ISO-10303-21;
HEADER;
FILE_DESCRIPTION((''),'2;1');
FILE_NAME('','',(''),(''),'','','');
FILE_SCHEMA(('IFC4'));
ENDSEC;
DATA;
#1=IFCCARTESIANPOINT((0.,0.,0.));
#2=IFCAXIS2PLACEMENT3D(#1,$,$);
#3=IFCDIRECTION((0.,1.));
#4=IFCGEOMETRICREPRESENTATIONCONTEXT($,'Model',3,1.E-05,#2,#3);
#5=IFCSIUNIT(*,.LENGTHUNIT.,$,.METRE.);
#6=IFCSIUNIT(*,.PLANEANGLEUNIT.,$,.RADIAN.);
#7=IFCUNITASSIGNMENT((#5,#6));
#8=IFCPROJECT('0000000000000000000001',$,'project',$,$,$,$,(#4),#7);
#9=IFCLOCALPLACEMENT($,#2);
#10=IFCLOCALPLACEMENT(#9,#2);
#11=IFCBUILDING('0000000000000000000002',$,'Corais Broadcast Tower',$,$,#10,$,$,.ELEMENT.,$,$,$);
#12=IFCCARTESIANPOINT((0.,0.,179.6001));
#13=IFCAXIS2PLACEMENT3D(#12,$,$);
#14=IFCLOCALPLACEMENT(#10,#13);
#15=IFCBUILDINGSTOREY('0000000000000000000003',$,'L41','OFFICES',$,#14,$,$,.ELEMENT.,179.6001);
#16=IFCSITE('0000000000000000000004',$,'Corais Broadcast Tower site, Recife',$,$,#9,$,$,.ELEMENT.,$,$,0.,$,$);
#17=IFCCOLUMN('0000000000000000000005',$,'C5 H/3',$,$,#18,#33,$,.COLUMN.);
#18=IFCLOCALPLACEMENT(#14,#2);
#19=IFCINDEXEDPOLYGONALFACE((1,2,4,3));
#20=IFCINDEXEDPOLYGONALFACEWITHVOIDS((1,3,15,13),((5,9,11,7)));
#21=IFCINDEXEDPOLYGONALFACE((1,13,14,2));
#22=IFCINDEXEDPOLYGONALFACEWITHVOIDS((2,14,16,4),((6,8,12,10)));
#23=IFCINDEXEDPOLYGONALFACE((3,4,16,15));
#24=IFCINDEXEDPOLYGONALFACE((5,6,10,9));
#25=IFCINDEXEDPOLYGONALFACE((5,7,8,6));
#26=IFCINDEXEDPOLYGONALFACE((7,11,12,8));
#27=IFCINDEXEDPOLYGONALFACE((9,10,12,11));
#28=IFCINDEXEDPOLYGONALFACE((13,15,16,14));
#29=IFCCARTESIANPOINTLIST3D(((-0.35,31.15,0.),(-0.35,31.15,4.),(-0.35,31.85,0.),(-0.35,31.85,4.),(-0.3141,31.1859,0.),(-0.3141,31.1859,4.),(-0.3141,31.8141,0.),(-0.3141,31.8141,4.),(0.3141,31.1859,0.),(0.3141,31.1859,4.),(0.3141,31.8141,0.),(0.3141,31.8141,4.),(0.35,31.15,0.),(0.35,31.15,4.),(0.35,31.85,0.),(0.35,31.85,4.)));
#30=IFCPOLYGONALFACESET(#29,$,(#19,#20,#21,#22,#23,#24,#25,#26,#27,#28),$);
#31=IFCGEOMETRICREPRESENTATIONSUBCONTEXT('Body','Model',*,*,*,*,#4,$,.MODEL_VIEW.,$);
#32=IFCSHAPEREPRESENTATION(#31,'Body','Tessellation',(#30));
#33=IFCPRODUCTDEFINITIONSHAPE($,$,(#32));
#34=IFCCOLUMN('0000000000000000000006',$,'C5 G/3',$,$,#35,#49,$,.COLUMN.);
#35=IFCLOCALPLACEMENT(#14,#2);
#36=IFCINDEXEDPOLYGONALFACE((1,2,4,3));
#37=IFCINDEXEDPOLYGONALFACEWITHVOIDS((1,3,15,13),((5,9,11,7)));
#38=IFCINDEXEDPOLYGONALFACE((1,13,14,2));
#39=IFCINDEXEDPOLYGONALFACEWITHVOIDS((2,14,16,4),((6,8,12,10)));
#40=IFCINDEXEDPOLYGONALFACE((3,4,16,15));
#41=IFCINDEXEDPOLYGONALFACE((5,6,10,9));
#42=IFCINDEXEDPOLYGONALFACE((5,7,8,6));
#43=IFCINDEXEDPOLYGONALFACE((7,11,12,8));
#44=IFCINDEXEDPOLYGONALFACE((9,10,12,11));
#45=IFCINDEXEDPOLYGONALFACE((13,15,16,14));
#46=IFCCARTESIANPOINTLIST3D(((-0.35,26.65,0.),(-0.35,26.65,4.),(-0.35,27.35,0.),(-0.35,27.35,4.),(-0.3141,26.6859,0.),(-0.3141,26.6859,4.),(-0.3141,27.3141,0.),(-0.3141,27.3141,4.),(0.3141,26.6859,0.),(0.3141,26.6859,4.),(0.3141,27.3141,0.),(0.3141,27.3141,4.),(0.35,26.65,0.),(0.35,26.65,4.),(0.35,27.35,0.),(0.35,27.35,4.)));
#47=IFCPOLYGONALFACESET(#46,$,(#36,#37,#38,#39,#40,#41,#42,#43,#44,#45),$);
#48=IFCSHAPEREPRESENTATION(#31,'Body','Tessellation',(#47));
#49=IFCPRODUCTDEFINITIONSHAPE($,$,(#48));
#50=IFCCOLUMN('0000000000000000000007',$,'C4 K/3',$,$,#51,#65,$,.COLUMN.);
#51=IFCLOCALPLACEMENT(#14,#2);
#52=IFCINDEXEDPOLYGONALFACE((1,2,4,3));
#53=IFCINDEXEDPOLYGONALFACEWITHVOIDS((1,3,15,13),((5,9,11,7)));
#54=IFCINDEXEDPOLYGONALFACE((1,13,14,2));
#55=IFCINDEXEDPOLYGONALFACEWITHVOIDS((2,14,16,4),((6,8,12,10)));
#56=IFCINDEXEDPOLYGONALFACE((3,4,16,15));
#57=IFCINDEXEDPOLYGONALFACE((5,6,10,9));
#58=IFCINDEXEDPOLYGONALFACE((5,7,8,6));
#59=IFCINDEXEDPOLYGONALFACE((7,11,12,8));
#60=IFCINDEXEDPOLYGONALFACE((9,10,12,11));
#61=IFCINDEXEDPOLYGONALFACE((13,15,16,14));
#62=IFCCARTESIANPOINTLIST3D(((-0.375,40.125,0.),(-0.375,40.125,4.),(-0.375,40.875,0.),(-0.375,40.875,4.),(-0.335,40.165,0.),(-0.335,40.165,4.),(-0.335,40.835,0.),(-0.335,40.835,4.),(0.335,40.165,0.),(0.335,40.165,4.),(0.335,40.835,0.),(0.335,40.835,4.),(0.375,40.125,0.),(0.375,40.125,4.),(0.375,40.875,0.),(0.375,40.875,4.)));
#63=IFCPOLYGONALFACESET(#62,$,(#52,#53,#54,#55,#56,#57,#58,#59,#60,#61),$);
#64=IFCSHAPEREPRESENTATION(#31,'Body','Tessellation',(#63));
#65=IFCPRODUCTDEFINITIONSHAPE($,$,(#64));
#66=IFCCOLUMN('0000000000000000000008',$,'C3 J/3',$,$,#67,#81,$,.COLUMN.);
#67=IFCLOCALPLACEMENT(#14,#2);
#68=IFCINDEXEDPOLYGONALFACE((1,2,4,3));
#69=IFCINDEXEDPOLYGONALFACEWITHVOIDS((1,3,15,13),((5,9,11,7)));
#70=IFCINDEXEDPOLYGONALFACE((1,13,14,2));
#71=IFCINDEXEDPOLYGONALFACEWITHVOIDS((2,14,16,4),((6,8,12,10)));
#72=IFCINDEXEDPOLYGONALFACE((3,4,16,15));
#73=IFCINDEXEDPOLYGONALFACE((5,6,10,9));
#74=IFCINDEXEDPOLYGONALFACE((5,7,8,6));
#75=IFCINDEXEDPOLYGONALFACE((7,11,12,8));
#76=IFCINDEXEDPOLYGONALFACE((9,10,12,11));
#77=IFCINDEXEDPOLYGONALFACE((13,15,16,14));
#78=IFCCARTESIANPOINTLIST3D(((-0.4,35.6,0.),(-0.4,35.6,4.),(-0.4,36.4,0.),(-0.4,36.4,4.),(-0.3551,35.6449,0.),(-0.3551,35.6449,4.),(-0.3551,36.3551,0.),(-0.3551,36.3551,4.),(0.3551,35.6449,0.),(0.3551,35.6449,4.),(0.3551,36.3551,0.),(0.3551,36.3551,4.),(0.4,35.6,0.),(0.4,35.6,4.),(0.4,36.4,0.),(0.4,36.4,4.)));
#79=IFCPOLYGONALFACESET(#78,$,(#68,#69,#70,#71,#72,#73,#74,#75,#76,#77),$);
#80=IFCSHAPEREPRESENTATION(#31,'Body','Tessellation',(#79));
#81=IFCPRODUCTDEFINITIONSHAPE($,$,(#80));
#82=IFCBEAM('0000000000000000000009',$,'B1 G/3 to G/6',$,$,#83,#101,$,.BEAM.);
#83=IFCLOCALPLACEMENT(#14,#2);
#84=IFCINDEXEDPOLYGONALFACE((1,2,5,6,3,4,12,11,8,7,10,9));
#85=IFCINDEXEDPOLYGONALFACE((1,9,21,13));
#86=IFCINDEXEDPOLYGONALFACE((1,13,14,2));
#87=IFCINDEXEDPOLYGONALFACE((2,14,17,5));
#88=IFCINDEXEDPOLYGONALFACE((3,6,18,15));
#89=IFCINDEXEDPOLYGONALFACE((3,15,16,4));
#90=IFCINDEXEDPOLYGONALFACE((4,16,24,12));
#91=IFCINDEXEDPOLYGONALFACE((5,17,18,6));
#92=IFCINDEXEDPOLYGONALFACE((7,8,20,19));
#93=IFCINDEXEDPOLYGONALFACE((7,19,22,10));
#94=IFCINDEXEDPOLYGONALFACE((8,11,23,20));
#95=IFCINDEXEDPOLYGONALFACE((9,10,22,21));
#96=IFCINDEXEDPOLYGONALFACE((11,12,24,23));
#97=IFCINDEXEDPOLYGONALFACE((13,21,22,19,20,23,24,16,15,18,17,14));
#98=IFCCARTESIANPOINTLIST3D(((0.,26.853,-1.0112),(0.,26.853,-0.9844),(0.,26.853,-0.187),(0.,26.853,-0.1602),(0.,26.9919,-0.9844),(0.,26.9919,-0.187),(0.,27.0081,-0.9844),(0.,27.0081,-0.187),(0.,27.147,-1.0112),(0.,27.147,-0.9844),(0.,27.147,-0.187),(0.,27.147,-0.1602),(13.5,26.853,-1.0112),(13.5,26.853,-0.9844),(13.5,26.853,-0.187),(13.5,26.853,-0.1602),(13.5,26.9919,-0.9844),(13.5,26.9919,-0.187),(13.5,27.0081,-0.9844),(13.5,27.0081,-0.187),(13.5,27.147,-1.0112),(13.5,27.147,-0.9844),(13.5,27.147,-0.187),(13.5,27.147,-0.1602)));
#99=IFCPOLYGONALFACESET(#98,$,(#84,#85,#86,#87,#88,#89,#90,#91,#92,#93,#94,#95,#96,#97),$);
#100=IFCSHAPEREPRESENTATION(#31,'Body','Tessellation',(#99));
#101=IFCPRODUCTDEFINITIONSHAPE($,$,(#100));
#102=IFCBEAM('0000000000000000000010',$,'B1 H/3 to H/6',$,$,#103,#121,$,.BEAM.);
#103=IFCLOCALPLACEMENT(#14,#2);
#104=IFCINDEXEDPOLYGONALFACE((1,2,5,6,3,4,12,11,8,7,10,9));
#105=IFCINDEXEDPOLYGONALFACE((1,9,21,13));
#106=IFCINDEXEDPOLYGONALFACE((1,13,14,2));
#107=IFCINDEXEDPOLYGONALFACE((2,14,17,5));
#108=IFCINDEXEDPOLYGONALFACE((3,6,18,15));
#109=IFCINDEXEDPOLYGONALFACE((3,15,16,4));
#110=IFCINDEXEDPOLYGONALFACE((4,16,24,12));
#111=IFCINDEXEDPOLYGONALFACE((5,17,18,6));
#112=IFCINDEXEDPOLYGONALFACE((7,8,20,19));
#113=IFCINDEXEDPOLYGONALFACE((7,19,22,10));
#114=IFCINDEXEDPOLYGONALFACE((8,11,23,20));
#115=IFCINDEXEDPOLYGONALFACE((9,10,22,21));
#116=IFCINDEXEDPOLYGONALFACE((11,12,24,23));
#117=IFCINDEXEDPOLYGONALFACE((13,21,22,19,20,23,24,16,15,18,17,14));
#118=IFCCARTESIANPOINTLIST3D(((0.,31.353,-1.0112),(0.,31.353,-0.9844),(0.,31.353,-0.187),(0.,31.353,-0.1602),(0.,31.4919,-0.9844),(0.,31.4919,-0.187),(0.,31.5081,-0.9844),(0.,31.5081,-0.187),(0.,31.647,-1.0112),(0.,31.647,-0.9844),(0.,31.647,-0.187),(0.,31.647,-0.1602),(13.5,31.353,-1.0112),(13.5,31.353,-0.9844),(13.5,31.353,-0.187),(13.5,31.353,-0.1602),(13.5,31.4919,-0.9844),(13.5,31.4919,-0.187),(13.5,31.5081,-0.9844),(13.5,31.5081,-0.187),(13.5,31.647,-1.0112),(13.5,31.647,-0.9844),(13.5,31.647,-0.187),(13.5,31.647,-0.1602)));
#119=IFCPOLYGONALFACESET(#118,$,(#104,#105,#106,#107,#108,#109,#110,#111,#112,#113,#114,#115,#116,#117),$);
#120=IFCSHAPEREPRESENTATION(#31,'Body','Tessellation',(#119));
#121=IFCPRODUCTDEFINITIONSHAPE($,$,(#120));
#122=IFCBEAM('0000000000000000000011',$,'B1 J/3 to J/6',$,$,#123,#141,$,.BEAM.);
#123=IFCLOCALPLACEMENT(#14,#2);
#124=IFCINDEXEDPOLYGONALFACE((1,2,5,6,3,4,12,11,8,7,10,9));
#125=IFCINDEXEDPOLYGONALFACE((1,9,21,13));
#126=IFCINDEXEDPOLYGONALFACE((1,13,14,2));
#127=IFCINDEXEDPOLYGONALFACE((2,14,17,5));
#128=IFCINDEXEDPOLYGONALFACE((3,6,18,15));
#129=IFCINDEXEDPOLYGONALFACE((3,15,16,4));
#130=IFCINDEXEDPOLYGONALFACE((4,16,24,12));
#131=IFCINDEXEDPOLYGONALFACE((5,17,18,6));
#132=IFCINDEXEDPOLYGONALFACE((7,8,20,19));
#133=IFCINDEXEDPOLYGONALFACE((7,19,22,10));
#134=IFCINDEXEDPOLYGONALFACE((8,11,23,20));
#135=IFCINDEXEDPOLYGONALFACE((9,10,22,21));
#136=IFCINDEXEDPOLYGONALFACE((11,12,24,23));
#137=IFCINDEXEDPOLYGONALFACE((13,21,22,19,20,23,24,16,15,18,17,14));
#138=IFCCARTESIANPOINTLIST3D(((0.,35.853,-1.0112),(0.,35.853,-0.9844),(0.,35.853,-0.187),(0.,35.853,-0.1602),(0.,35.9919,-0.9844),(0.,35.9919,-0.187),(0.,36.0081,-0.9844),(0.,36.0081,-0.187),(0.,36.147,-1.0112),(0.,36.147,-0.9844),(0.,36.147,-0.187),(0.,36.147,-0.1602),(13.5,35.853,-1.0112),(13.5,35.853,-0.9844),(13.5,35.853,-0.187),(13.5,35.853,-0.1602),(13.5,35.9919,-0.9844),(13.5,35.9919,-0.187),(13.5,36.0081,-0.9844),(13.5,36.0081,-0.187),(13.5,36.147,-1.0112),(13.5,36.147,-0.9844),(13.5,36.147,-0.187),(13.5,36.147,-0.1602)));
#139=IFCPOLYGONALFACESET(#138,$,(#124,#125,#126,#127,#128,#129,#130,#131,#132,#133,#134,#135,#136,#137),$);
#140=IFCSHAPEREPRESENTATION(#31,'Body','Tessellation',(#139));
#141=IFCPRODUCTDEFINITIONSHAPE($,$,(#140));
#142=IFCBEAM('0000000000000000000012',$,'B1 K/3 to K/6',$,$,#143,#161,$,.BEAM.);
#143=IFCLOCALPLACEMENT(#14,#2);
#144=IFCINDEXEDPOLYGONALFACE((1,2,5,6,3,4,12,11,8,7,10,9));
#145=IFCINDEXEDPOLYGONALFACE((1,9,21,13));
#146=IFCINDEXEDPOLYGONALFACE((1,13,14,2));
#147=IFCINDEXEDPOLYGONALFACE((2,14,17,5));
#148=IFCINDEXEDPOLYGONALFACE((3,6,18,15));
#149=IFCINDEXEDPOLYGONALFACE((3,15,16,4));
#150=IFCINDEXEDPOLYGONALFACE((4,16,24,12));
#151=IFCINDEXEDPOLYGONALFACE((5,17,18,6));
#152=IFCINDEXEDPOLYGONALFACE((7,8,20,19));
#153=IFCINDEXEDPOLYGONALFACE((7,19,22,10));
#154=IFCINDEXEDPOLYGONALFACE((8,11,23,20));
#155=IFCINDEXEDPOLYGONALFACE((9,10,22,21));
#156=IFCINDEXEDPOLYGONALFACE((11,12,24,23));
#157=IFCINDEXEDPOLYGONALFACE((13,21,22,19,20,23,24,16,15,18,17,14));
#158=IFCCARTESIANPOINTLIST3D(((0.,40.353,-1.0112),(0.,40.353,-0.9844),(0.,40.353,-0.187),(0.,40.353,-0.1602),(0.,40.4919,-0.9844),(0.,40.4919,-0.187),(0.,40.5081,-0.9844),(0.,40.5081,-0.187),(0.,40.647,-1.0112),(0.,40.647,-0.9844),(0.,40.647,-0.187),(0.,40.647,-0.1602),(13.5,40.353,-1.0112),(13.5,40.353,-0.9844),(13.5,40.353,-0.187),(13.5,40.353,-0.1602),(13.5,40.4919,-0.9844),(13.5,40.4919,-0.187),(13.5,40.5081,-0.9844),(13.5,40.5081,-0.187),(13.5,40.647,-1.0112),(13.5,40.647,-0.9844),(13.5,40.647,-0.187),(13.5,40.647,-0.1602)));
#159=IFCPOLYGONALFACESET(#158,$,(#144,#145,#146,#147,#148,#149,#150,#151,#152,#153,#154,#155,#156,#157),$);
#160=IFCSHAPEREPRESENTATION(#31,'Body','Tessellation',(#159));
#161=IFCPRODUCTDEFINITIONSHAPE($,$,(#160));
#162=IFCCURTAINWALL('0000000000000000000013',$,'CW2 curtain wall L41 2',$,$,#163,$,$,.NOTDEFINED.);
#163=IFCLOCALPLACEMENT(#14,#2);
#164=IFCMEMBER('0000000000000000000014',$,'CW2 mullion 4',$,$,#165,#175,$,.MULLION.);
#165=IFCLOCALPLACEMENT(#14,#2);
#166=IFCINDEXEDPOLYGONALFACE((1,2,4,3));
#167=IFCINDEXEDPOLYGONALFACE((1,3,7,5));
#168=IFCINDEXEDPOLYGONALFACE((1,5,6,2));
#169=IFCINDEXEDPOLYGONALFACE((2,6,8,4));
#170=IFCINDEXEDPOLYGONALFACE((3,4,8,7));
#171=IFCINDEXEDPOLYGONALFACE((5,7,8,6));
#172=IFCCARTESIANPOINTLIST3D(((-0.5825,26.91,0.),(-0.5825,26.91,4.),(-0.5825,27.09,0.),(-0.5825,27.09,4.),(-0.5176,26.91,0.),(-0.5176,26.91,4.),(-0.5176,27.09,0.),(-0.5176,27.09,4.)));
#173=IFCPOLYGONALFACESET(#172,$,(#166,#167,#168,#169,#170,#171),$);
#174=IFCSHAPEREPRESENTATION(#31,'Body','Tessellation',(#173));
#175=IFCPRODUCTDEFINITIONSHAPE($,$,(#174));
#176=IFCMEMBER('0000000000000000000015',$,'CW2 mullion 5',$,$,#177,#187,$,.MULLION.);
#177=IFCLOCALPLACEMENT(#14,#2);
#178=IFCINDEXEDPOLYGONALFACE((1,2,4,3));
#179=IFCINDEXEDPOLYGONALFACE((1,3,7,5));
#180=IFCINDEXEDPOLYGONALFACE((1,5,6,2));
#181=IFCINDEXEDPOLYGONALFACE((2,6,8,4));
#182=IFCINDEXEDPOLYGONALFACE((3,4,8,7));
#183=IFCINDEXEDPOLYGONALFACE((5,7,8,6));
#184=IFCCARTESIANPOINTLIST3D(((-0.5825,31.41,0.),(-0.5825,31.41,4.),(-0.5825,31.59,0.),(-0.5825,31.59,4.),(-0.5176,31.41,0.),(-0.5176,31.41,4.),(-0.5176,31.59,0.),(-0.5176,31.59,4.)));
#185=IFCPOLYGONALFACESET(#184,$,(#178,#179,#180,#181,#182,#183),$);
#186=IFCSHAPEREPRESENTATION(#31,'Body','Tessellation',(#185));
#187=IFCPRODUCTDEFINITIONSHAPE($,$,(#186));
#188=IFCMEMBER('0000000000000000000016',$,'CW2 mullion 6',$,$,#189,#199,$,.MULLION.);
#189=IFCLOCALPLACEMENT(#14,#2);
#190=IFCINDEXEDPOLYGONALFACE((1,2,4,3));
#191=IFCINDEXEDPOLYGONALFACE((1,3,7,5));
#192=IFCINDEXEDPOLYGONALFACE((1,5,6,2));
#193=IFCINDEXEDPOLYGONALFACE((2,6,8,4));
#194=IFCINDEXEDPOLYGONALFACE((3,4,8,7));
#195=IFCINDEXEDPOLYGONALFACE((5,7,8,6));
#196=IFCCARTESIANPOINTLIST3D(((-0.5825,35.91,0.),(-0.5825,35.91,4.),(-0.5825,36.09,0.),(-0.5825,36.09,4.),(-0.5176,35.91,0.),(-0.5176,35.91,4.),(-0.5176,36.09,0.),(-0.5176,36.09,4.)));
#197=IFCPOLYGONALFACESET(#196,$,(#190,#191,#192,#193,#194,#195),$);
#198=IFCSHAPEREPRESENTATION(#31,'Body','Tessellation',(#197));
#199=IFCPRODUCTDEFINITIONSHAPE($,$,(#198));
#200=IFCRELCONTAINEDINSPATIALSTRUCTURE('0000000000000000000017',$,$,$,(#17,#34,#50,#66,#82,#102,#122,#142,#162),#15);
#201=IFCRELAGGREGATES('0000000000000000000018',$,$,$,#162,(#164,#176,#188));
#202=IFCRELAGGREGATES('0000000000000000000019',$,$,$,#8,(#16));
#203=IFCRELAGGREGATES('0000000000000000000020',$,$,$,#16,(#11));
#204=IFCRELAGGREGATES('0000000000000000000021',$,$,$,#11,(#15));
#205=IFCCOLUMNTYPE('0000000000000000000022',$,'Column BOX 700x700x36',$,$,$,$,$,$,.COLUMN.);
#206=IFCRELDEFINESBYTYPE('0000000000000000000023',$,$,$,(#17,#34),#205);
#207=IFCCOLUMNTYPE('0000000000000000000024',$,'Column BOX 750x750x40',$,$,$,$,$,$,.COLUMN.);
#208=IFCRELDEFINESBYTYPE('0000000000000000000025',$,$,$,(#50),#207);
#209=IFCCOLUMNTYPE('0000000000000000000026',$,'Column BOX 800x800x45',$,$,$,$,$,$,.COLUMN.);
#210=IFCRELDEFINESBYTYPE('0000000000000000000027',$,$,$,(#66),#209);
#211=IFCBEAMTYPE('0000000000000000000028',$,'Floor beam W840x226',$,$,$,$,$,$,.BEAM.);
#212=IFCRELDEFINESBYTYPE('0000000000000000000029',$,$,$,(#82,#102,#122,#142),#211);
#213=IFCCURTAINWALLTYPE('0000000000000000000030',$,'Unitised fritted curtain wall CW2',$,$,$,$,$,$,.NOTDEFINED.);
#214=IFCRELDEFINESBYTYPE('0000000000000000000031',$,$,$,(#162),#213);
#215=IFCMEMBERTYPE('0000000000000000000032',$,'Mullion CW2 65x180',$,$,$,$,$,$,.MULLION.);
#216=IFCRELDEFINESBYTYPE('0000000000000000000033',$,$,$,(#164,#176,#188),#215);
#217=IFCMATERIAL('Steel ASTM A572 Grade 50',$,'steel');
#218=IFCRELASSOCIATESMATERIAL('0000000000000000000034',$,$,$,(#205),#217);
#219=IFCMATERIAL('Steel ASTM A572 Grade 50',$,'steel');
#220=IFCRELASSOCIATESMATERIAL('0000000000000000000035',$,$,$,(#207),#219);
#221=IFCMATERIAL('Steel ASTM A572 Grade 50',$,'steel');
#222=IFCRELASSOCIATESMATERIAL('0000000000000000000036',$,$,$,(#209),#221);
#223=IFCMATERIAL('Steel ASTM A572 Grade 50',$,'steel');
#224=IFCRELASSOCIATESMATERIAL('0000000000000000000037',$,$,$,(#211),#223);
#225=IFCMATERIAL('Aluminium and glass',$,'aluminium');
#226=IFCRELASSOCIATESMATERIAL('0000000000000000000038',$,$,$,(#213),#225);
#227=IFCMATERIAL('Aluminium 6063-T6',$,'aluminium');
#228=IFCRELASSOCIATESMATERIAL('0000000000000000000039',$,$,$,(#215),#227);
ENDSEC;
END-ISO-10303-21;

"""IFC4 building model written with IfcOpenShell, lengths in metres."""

from ifc_helpers import new_model, si_unit, direction, frame, origin, origin_2d, place, context, subcontext, project, spatial, rectangle, hollow_rectangle, i_section, extrude, material, material_profile, profile_set, type_object, element, aggregate, save


model = new_model("IFC4")

# Units and contexts
model_context = context("Model", 3, precision=1e-05, world=origin(), true_north=direction((0.0, 1.0)))
body_context = subcontext(model_context, "Body", "Model", "MODEL_VIEW")
ifc_project = project(units=[si_unit("LENGTHUNIT", "METRE"), si_unit("PLANEANGLEUNIT", "RADIAN")], contexts=[model_context])

# Site, building, storey
site_placement = place(None, origin())
site = spatial("IfcSite", under=ifc_project, at=site_placement, Name="Corais Broadcast Tower site, Recife", CompositionType="ELEMENT", RefElevation=0.0)
building_placement = place(site_placement, origin())
building = spatial("IfcBuilding", under=site, at=building_placement, Name="Corais Broadcast Tower", CompositionType="ELEMENT")
storey_placement = place(building_placement, frame((0.0, 0.0, 179.6001)))
storey = spatial("IfcBuildingStorey", under=building, at=storey_placement, Name="L41", Description="OFFICES", CompositionType="ELEMENT", Elevation=179.6001)

# Columns
ifc_material_1 = material(Name="Steel ASTM A572 Grade 50", Category="steel")
ifc_material_profile_1 = material_profile(ifc_material_1, hollow_rectangle(XDim=0.7, YDim=0.7, WallThickness=0.0359, at=origin_2d()), Name="BOX 700x700x36")
ifc_profile_set_1 = profile_set([ifc_material_profile_1], Name="Steel ASTM A572 Grade 50")
column_type_1 = type_object("IfcColumnType", Name="Column BOX 700x700x36", PredefinedType="COLUMN", material=ifc_profile_set_1)
for number, where, z_axis, x_axis, name in (
    (1, (0.0, 31.5, 0.0), (0.0, 0.0, 1.0), (1.0, 0.0, 0.0), "C5 H/3"),
    (2, (0.0, 27.0, 0.0), (0.0, 0.0, 1.0), (1.0, 0.0, 0.0), "C5 G/3"),
):
    element("IfcColumn", number, at=place(storey_placement, frame(where, z_axis=z_axis, x_axis=x_axis)), inside=storey, type_object=column_type_1, Name=name, PredefinedType="COLUMN", context=body_context, shape_type="SweptSolid", body=[
        extrude(hollow_rectangle(XDim=0.7, YDim=0.7, WallThickness=0.0359, at=origin_2d()), origin(), (0.0, 0.0, 1.0), 4.0),
    ])
ifc_material_2 = material(Name="Steel ASTM A572 Grade 50", Category="steel")
ifc_material_profile_2 = material_profile(ifc_material_2, hollow_rectangle(XDim=0.75, YDim=0.75, WallThickness=0.04, at=origin_2d()), Name="BOX 750x750x40")
ifc_profile_set_2 = profile_set([ifc_material_profile_2], Name="Steel ASTM A572 Grade 50")
column_type_2 = type_object("IfcColumnType", Name="Column BOX 750x750x40", PredefinedType="COLUMN", material=ifc_profile_set_2)
column_1_placement = place(storey_placement, frame((0.0, 40.5, 0.0), z_axis=(0.0, 0.0, 1.0), x_axis=(1.0, 0.0, 0.0)))
element("IfcColumn", 3, at=column_1_placement, inside=storey, type_object=column_type_2, Name="C4 K/3", PredefinedType="COLUMN", context=body_context, shape_type="SweptSolid", body=[
    extrude(hollow_rectangle(XDim=0.75, YDim=0.75, WallThickness=0.04, at=origin_2d()), origin(), (0.0, 0.0, 1.0), 4.0),
])
ifc_material_3 = material(Name="Steel ASTM A572 Grade 50", Category="steel")
ifc_material_profile_3 = material_profile(ifc_material_3, hollow_rectangle(XDim=0.8, YDim=0.8, WallThickness=0.0449, at=origin_2d()), Name="BOX 800x800x45")
ifc_profile_set_3 = profile_set([ifc_material_profile_3], Name="Steel ASTM A572 Grade 50")
column_type_3 = type_object("IfcColumnType", Name="Column BOX 800x800x45", PredefinedType="COLUMN", material=ifc_profile_set_3)
column_2_placement = place(storey_placement, frame((0.0, 36.0, 0.0), z_axis=(0.0, 0.0, 1.0), x_axis=(1.0, 0.0, 0.0)))
element("IfcColumn", 4, at=column_2_placement, inside=storey, type_object=column_type_3, Name="C3 J/3", PredefinedType="COLUMN", context=body_context, shape_type="SweptSolid", body=[
    extrude(hollow_rectangle(XDim=0.8, YDim=0.8, WallThickness=0.0449, at=origin_2d()), origin(), (0.0, 0.0, 1.0), 4.0),
])

# Beams
ifc_material_4 = material(Name="Steel ASTM A572 Grade 50", Category="steel")
ifc_material_profile_4 = material_profile(ifc_material_4, i_section(OverallWidth=0.2939, OverallDepth=0.8511, WebThickness=0.0161, FlangeThickness=0.0269, at=origin_2d()), Name="W840x226")
ifc_profile_set_4 = profile_set([ifc_material_profile_4], Name="Steel ASTM A572 Grade 50")
beam_type_1 = type_object("IfcBeamType", Name="Floor beam W840x226", PredefinedType="BEAM", material=ifc_profile_set_4)
for number, where, z_axis, x_axis, name in (
    (5, (0.0, 27.0, -0.5857), (1.0, 0.0, 0.0), (0.0, 1.0, 0.0), "B1 G/3 to G/6"),
    (6, (0.0, 31.5, -0.5857), (1.0, 0.0, 0.0), (0.0, 1.0, 0.0), "B1 H/3 to H/6"),
    (7, (0.0, 36.0, -0.5857), (1.0, 0.0, 0.0), (0.0, 1.0, 0.0), "B1 J/3 to J/6"),
    (8, (0.0, 40.5, -0.5857), (1.0, 0.0, 0.0), (0.0, 1.0, 0.0), "B1 K/3 to K/6"),
):
    element("IfcBeam", number, at=place(storey_placement, frame(where, z_axis=z_axis, x_axis=x_axis)), inside=storey, type_object=beam_type_1, Name=name, PredefinedType="BEAM", context=body_context, shape_type="SweptSolid", body=[
        extrude(i_section(OverallWidth=0.2939, OverallDepth=0.8511, WebThickness=0.0161, FlangeThickness=0.0269, at=origin_2d()), origin(), (0.0, 0.0, 1.0), 13.5),
    ])

# Curtain wall, members
ifc_material_5 = material(Name="Aluminium and glass", Category="aluminium")
curtain_wall_type = type_object("IfcCurtainWallType", Name="Unitised fritted curtain wall CW2", PredefinedType="NOTDEFINED", material=ifc_material_5)
curtain_wall_placement = place(storey_placement, origin())
curtain_wall = element("IfcCurtainWall", 9, at=curtain_wall_placement, inside=storey, type_object=curtain_wall_type, Name="CW2 curtain wall L41 2", PredefinedType="NOTDEFINED")
ifc_material_6 = material(Name="Aluminium 6063-T6", Category="aluminium")
ifc_material_profile_5 = material_profile(ifc_material_6, rectangle(XDim=0.0649, YDim=0.1799, at=origin_2d()), Name="Mullion CW2 65x180")
ifc_profile_set_5 = profile_set([ifc_material_profile_5], Name="Aluminium 6063-T6")
member_type_1 = type_object("IfcMemberType", Name="Mullion CW2 65x180", PredefinedType="MULLION", material=ifc_profile_set_5)
member_1_placement = place(storey_placement, frame((-0.55, 27.0, 0.0), z_axis=(0.0, 0.0, 1.0), x_axis=(-1.0, 0.0, 0.0)))
member_1 = element("IfcMember", 10, at=member_1_placement, type_object=member_type_1, Name="CW2 mullion 4", PredefinedType="MULLION", context=body_context, shape_type="SweptSolid", body=[
    extrude(rectangle(XDim=0.0649, YDim=0.1799, at=origin_2d()), origin(), (0.0, 0.0, 1.0), 4.0),
])
member_2_placement = place(storey_placement, frame((-0.55, 31.5, 0.0), z_axis=(0.0, 0.0, 1.0), x_axis=(-1.0, 0.0, 0.0)))
member_2 = element("IfcMember", 11, at=member_2_placement, type_object=member_type_1, Name="CW2 mullion 5", PredefinedType="MULLION", context=body_context, shape_type="SweptSolid", body=[
    extrude(rectangle(XDim=0.0649, YDim=0.1799, at=origin_2d()), origin(), (0.0, 0.0, 1.0), 4.0),
])
member_3_placement = place(storey_placement, frame((-0.55, 36.0, 0.0), z_axis=(0.0, 0.0, 1.0), x_axis=(-1.0, 0.0, 0.0)))
member_3 = element("IfcMember", 12, at=member_3_placement, type_object=member_type_1, Name="CW2 mullion 6", PredefinedType="MULLION", context=body_context, shape_type="SweptSolid", body=[
    extrude(rectangle(XDim=0.0649, YDim=0.1799, at=origin_2d()), origin(), (0.0, 0.0, 1.0), 4.0),
])

aggregate(curtain_wall, [member_1, member_2, member_3])

save(model, "model.ifc")
